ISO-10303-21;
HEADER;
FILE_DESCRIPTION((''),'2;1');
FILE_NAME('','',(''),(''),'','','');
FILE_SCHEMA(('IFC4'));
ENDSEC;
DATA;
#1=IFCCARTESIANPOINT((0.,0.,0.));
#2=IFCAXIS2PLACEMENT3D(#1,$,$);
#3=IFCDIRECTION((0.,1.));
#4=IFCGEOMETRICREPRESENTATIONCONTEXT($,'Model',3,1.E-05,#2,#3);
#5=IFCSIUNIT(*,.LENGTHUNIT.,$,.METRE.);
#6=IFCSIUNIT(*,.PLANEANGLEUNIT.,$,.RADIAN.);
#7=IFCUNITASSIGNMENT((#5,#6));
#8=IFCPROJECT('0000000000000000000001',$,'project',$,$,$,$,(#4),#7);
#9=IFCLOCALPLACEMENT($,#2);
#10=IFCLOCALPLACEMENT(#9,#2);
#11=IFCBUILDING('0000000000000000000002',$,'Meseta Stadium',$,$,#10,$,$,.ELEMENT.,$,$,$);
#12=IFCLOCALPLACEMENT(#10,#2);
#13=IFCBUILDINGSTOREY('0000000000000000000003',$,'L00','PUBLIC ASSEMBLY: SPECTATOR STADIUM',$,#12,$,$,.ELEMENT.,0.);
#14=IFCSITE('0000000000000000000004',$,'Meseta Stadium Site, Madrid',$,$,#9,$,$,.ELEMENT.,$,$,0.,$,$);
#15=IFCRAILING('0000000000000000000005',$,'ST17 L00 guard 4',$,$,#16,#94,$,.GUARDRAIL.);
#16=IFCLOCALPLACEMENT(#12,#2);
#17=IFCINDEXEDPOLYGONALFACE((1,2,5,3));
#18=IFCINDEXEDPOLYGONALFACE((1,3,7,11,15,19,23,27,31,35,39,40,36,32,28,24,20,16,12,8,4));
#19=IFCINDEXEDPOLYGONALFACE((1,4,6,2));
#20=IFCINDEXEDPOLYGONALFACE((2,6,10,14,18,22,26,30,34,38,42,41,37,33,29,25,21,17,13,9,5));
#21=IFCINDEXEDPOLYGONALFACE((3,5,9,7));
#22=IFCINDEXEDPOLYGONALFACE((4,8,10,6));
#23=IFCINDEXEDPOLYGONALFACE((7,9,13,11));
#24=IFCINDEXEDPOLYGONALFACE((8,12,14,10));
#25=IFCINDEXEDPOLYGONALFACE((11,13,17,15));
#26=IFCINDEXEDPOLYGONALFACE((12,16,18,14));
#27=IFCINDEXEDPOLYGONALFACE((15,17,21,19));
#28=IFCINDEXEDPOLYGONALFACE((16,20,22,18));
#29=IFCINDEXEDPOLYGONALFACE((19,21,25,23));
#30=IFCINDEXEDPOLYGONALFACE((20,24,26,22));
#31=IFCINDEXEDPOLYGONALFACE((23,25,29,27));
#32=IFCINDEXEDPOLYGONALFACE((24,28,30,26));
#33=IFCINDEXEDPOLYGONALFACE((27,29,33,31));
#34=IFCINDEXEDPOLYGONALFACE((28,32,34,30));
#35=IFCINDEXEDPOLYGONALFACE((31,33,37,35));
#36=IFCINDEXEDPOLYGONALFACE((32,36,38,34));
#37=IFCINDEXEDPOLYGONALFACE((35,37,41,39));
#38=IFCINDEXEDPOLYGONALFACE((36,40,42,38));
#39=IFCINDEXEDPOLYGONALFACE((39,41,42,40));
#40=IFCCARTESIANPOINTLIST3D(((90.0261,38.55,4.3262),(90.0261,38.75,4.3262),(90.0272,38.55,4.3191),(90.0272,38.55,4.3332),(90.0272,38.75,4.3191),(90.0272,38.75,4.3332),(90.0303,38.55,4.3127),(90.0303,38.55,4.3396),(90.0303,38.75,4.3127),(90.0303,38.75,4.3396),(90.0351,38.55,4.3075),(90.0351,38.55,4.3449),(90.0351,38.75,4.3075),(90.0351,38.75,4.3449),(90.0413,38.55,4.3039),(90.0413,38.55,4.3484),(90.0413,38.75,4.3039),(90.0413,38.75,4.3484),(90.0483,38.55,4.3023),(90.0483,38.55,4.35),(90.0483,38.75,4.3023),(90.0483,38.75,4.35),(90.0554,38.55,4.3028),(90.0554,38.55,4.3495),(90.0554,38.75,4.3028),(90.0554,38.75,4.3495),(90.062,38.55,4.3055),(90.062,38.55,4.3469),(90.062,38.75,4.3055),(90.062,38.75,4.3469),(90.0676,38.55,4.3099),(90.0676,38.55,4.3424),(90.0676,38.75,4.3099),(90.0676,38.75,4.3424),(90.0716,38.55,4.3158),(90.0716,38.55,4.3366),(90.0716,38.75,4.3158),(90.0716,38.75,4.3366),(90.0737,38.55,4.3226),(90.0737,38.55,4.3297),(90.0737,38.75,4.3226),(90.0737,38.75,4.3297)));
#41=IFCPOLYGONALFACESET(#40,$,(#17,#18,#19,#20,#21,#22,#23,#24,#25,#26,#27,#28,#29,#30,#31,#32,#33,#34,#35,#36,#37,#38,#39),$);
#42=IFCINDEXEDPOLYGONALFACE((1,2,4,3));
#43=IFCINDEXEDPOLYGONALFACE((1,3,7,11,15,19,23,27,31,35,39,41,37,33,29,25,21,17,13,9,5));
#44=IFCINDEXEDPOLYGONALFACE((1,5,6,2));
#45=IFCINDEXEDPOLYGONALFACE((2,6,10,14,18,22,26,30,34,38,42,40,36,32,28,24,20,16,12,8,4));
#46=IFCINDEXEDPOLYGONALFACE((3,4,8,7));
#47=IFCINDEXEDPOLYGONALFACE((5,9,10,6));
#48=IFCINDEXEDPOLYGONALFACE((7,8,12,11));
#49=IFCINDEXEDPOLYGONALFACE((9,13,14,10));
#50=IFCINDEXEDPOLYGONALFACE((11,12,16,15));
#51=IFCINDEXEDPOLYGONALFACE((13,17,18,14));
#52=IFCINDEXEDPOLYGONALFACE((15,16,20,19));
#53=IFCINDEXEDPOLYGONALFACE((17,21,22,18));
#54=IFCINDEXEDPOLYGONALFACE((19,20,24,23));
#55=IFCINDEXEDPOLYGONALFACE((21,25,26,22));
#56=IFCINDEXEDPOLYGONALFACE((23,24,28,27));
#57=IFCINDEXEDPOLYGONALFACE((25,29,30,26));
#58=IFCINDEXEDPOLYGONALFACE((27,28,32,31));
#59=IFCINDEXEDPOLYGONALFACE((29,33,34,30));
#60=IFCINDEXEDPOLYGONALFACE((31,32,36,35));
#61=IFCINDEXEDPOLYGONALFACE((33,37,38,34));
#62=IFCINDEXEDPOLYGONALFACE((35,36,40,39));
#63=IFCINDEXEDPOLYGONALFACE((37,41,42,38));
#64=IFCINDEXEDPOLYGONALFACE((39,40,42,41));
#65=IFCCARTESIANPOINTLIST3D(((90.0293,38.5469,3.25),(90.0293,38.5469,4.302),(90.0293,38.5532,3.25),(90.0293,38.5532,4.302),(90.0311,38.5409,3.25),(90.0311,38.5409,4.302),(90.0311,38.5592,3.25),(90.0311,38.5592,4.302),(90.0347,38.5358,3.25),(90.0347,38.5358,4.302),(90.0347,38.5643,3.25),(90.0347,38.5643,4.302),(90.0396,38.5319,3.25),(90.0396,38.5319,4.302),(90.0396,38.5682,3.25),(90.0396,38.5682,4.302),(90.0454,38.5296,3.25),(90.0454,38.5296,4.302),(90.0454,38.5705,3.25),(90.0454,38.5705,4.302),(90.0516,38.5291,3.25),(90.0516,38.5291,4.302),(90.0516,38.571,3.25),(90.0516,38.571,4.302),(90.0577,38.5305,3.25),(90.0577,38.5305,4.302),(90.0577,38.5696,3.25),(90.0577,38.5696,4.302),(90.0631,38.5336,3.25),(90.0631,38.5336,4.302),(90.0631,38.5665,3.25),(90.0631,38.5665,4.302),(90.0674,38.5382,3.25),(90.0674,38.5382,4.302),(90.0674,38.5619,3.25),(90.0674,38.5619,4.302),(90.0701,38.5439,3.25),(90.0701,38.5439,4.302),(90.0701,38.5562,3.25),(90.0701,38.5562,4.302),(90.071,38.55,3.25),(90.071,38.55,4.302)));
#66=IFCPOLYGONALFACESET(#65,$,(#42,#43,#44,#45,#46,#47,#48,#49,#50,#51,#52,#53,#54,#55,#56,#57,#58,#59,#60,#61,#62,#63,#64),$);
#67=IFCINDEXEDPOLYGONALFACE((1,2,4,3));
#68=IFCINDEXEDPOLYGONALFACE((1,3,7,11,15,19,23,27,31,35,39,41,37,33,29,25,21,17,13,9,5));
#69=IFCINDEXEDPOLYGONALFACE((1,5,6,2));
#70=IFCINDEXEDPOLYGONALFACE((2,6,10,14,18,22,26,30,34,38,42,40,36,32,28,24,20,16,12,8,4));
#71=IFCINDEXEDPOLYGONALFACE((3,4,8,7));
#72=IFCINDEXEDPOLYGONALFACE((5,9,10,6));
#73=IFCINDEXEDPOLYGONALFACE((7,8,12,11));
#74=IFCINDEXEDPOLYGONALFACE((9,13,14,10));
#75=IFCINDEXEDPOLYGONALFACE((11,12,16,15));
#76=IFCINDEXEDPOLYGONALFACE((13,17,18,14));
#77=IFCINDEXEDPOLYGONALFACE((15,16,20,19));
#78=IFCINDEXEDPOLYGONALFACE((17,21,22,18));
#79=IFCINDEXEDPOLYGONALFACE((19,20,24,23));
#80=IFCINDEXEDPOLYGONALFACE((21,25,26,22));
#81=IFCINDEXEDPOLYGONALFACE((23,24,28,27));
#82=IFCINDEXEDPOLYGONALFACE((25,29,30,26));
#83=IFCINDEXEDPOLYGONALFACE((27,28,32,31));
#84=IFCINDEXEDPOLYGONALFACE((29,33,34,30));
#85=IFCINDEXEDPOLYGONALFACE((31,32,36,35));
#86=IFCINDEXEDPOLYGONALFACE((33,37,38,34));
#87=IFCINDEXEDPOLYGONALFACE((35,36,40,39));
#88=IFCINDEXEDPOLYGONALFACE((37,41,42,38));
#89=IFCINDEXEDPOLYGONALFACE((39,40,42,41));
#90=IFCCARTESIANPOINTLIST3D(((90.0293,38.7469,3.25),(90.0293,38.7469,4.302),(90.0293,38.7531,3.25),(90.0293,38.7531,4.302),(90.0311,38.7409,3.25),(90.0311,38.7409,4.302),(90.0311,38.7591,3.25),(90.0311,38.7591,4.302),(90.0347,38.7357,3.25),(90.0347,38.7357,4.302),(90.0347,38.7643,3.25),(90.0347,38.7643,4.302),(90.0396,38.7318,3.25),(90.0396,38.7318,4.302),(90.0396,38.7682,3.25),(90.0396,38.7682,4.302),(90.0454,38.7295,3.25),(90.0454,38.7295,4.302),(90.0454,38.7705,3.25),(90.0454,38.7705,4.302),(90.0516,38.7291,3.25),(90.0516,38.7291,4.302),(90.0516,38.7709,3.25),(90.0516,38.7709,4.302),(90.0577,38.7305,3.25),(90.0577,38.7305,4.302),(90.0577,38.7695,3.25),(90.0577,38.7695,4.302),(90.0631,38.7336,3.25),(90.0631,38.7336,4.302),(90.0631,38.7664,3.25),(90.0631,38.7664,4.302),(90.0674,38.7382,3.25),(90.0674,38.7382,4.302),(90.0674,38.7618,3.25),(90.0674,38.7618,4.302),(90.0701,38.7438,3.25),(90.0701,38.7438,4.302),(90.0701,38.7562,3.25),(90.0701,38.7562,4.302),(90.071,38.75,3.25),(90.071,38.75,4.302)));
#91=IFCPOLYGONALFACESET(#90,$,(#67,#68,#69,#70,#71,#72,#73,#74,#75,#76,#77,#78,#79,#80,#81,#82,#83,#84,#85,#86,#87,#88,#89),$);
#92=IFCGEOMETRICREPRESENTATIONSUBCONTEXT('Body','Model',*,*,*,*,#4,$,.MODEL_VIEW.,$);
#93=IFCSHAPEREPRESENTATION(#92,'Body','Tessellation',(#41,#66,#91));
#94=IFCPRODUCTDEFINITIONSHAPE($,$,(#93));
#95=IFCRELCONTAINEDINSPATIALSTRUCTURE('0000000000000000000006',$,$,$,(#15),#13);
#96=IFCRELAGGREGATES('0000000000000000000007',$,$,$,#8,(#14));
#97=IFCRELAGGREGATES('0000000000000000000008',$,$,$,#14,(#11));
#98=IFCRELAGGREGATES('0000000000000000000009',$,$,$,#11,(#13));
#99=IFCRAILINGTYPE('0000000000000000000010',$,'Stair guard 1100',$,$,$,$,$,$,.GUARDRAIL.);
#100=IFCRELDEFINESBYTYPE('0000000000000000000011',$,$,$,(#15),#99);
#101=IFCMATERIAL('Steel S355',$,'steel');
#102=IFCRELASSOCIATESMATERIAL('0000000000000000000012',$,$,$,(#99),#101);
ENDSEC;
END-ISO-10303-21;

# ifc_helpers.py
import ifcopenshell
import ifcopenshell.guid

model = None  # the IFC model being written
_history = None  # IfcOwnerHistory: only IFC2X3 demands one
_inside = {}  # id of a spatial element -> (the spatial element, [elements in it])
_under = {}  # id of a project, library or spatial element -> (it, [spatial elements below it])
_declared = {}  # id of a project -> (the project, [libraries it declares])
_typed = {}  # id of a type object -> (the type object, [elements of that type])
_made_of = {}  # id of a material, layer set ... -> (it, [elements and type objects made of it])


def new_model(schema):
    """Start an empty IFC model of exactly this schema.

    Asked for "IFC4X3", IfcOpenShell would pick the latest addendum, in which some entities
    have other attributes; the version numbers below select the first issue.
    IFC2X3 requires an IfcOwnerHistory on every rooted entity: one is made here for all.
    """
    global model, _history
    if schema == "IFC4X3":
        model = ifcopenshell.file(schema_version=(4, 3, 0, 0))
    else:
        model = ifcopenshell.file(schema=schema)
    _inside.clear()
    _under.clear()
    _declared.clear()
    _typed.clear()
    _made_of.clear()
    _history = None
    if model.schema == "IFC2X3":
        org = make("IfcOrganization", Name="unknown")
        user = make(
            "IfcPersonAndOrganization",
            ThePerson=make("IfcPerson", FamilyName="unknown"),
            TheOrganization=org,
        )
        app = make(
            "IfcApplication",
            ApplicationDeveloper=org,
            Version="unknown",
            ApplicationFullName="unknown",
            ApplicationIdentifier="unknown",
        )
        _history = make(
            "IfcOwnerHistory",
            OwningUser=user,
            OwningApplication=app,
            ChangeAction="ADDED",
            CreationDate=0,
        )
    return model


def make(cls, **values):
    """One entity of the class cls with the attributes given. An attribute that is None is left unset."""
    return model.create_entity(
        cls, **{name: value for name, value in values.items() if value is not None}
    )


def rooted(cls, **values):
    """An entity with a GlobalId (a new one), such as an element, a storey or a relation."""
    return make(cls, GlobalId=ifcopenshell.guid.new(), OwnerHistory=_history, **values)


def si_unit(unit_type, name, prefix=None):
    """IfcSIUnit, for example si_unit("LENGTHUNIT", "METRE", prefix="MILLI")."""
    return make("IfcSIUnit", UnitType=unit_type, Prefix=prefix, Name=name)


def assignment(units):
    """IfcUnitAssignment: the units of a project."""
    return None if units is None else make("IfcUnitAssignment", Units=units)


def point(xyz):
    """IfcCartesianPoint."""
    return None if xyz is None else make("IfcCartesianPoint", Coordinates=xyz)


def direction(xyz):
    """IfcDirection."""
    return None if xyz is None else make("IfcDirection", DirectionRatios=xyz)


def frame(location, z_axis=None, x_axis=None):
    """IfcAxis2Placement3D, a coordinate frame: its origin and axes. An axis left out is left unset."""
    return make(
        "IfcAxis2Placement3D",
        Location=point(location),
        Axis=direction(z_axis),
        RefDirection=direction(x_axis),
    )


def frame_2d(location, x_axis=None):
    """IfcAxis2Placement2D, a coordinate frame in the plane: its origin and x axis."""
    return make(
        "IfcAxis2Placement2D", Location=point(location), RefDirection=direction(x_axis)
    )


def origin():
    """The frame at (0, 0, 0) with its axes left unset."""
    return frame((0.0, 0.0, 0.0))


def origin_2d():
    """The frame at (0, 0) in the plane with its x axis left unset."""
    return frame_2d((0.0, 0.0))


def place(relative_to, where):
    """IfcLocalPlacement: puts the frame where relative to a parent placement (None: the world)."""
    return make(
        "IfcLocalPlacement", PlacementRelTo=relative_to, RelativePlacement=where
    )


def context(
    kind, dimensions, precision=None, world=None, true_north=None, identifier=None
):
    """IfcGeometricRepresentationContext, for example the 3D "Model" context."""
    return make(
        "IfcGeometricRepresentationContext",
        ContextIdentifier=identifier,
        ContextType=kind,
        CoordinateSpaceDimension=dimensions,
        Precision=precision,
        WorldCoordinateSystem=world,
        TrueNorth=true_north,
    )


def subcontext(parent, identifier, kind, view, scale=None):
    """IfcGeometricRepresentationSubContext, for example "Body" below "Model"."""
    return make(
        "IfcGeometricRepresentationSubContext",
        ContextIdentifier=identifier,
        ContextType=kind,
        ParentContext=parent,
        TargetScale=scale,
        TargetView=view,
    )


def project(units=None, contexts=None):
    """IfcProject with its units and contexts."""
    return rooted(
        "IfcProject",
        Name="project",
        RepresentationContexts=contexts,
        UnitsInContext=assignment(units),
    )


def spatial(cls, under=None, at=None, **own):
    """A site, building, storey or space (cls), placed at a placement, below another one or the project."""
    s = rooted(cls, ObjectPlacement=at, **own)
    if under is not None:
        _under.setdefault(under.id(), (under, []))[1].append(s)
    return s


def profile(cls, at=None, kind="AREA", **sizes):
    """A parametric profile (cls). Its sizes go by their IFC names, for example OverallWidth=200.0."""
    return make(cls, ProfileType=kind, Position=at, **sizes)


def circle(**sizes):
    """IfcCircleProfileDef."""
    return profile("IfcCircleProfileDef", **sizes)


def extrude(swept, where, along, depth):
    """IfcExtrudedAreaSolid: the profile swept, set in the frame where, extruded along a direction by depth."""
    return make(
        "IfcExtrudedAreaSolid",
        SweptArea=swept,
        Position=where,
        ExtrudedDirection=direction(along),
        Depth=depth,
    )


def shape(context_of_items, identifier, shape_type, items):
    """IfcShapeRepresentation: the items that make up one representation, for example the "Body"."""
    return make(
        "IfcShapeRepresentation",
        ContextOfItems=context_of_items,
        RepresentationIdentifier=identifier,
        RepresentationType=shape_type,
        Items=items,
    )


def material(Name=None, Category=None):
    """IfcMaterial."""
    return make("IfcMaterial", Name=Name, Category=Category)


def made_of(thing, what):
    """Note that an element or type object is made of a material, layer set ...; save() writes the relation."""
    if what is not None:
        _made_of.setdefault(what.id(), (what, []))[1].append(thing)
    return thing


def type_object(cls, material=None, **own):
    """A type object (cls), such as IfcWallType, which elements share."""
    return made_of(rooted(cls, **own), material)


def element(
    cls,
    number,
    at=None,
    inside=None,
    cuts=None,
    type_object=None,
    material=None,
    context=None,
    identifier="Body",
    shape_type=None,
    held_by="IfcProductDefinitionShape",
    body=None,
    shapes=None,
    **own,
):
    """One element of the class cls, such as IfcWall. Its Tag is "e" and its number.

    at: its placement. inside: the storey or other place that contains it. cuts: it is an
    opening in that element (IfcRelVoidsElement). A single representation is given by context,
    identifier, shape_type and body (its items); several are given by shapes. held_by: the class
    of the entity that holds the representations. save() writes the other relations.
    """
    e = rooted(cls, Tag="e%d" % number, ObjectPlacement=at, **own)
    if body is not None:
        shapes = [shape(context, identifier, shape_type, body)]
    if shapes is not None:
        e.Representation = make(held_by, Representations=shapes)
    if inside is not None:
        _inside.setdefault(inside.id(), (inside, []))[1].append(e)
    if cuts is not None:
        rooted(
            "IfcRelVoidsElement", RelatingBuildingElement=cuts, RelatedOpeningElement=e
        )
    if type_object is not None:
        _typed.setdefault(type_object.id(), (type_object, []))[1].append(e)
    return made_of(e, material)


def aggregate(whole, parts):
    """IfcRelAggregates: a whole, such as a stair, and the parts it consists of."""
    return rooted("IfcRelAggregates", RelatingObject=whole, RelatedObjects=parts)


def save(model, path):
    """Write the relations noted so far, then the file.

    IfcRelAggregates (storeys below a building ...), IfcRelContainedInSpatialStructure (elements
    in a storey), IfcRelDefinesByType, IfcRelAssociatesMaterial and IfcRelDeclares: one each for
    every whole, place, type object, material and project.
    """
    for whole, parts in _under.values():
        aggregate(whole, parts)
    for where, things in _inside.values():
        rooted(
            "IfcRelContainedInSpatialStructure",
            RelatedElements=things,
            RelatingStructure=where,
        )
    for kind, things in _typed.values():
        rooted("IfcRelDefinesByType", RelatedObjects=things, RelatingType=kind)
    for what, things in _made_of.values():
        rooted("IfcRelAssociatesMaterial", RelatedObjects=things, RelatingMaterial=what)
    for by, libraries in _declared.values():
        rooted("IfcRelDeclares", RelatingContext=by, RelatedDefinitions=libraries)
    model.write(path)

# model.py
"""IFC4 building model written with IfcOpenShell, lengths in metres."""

from ifc_helpers import new_model, si_unit, direction, frame, origin, origin_2d, place, context, subcontext, project, spatial, circle, extrude, material, type_object, element, save


model = new_model("IFC4")

# Units and contexts
model_context = context("Model", 3, precision=1e-05, world=origin(), true_north=direction((0.0, 1.0)))
body_context = subcontext(model_context, "Body", "Model", "MODEL_VIEW")
ifc_project = project(units=[si_unit("LENGTHUNIT", "METRE"), si_unit("PLANEANGLEUNIT", "RADIAN")], contexts=[model_context])

# Site, building, storey
site_placement = place(None, origin())
site = spatial("IfcSite", under=ifc_project, at=site_placement, Name="Meseta Stadium Site, Madrid", CompositionType="ELEMENT", RefElevation=0.0)
building_placement = place(site_placement, origin())
building = spatial("IfcBuilding", under=site, at=building_placement, Name="Meseta Stadium", CompositionType="ELEMENT")
storey_placement = place(building_placement, origin())
storey = spatial("IfcBuildingStorey", under=building, at=storey_placement, Name="L00", Description="PUBLIC ASSEMBLY: SPECTATOR STADIUM", CompositionType="ELEMENT", Elevation=0.0)

# Railing
ifc_material_1 = material(Name="Steel S355", Category="steel")
railing_type_1 = type_object("IfcRailingType", Name="Stair guard 1100", PredefinedType="GUARDRAIL", material=ifc_material_1)
railing_1_placement = place(storey_placement, frame((90.05, 38.55, 3.25)))
element("IfcRailing", 1, at=railing_1_placement, inside=storey, type_object=railing_type_1, Name="ST17 L00 guard 4", PredefinedType="GUARDRAIL", context=body_context, shape_type="SweptSolid", body=[
    extrude(circle(Radius=0.0239, at=origin_2d()), frame((0.0, 0.0, 1.0762), z_axis=(0.0, 1.0, 0.0), x_axis=(-1.0, 0.0, 0.0)), (0.0, 0.0, 1.0), 0.2),
    extrude(circle(Radius=0.021, at=origin_2d()), origin(), (0.0, 0.0, 1.0), 1.052),
    extrude(circle(Radius=0.021, at=origin_2d()), frame((0.0, 0.2, 0.0)), (0.0, 0.0, 1.0), 1.052),
])

save(model, "model.ifc")
